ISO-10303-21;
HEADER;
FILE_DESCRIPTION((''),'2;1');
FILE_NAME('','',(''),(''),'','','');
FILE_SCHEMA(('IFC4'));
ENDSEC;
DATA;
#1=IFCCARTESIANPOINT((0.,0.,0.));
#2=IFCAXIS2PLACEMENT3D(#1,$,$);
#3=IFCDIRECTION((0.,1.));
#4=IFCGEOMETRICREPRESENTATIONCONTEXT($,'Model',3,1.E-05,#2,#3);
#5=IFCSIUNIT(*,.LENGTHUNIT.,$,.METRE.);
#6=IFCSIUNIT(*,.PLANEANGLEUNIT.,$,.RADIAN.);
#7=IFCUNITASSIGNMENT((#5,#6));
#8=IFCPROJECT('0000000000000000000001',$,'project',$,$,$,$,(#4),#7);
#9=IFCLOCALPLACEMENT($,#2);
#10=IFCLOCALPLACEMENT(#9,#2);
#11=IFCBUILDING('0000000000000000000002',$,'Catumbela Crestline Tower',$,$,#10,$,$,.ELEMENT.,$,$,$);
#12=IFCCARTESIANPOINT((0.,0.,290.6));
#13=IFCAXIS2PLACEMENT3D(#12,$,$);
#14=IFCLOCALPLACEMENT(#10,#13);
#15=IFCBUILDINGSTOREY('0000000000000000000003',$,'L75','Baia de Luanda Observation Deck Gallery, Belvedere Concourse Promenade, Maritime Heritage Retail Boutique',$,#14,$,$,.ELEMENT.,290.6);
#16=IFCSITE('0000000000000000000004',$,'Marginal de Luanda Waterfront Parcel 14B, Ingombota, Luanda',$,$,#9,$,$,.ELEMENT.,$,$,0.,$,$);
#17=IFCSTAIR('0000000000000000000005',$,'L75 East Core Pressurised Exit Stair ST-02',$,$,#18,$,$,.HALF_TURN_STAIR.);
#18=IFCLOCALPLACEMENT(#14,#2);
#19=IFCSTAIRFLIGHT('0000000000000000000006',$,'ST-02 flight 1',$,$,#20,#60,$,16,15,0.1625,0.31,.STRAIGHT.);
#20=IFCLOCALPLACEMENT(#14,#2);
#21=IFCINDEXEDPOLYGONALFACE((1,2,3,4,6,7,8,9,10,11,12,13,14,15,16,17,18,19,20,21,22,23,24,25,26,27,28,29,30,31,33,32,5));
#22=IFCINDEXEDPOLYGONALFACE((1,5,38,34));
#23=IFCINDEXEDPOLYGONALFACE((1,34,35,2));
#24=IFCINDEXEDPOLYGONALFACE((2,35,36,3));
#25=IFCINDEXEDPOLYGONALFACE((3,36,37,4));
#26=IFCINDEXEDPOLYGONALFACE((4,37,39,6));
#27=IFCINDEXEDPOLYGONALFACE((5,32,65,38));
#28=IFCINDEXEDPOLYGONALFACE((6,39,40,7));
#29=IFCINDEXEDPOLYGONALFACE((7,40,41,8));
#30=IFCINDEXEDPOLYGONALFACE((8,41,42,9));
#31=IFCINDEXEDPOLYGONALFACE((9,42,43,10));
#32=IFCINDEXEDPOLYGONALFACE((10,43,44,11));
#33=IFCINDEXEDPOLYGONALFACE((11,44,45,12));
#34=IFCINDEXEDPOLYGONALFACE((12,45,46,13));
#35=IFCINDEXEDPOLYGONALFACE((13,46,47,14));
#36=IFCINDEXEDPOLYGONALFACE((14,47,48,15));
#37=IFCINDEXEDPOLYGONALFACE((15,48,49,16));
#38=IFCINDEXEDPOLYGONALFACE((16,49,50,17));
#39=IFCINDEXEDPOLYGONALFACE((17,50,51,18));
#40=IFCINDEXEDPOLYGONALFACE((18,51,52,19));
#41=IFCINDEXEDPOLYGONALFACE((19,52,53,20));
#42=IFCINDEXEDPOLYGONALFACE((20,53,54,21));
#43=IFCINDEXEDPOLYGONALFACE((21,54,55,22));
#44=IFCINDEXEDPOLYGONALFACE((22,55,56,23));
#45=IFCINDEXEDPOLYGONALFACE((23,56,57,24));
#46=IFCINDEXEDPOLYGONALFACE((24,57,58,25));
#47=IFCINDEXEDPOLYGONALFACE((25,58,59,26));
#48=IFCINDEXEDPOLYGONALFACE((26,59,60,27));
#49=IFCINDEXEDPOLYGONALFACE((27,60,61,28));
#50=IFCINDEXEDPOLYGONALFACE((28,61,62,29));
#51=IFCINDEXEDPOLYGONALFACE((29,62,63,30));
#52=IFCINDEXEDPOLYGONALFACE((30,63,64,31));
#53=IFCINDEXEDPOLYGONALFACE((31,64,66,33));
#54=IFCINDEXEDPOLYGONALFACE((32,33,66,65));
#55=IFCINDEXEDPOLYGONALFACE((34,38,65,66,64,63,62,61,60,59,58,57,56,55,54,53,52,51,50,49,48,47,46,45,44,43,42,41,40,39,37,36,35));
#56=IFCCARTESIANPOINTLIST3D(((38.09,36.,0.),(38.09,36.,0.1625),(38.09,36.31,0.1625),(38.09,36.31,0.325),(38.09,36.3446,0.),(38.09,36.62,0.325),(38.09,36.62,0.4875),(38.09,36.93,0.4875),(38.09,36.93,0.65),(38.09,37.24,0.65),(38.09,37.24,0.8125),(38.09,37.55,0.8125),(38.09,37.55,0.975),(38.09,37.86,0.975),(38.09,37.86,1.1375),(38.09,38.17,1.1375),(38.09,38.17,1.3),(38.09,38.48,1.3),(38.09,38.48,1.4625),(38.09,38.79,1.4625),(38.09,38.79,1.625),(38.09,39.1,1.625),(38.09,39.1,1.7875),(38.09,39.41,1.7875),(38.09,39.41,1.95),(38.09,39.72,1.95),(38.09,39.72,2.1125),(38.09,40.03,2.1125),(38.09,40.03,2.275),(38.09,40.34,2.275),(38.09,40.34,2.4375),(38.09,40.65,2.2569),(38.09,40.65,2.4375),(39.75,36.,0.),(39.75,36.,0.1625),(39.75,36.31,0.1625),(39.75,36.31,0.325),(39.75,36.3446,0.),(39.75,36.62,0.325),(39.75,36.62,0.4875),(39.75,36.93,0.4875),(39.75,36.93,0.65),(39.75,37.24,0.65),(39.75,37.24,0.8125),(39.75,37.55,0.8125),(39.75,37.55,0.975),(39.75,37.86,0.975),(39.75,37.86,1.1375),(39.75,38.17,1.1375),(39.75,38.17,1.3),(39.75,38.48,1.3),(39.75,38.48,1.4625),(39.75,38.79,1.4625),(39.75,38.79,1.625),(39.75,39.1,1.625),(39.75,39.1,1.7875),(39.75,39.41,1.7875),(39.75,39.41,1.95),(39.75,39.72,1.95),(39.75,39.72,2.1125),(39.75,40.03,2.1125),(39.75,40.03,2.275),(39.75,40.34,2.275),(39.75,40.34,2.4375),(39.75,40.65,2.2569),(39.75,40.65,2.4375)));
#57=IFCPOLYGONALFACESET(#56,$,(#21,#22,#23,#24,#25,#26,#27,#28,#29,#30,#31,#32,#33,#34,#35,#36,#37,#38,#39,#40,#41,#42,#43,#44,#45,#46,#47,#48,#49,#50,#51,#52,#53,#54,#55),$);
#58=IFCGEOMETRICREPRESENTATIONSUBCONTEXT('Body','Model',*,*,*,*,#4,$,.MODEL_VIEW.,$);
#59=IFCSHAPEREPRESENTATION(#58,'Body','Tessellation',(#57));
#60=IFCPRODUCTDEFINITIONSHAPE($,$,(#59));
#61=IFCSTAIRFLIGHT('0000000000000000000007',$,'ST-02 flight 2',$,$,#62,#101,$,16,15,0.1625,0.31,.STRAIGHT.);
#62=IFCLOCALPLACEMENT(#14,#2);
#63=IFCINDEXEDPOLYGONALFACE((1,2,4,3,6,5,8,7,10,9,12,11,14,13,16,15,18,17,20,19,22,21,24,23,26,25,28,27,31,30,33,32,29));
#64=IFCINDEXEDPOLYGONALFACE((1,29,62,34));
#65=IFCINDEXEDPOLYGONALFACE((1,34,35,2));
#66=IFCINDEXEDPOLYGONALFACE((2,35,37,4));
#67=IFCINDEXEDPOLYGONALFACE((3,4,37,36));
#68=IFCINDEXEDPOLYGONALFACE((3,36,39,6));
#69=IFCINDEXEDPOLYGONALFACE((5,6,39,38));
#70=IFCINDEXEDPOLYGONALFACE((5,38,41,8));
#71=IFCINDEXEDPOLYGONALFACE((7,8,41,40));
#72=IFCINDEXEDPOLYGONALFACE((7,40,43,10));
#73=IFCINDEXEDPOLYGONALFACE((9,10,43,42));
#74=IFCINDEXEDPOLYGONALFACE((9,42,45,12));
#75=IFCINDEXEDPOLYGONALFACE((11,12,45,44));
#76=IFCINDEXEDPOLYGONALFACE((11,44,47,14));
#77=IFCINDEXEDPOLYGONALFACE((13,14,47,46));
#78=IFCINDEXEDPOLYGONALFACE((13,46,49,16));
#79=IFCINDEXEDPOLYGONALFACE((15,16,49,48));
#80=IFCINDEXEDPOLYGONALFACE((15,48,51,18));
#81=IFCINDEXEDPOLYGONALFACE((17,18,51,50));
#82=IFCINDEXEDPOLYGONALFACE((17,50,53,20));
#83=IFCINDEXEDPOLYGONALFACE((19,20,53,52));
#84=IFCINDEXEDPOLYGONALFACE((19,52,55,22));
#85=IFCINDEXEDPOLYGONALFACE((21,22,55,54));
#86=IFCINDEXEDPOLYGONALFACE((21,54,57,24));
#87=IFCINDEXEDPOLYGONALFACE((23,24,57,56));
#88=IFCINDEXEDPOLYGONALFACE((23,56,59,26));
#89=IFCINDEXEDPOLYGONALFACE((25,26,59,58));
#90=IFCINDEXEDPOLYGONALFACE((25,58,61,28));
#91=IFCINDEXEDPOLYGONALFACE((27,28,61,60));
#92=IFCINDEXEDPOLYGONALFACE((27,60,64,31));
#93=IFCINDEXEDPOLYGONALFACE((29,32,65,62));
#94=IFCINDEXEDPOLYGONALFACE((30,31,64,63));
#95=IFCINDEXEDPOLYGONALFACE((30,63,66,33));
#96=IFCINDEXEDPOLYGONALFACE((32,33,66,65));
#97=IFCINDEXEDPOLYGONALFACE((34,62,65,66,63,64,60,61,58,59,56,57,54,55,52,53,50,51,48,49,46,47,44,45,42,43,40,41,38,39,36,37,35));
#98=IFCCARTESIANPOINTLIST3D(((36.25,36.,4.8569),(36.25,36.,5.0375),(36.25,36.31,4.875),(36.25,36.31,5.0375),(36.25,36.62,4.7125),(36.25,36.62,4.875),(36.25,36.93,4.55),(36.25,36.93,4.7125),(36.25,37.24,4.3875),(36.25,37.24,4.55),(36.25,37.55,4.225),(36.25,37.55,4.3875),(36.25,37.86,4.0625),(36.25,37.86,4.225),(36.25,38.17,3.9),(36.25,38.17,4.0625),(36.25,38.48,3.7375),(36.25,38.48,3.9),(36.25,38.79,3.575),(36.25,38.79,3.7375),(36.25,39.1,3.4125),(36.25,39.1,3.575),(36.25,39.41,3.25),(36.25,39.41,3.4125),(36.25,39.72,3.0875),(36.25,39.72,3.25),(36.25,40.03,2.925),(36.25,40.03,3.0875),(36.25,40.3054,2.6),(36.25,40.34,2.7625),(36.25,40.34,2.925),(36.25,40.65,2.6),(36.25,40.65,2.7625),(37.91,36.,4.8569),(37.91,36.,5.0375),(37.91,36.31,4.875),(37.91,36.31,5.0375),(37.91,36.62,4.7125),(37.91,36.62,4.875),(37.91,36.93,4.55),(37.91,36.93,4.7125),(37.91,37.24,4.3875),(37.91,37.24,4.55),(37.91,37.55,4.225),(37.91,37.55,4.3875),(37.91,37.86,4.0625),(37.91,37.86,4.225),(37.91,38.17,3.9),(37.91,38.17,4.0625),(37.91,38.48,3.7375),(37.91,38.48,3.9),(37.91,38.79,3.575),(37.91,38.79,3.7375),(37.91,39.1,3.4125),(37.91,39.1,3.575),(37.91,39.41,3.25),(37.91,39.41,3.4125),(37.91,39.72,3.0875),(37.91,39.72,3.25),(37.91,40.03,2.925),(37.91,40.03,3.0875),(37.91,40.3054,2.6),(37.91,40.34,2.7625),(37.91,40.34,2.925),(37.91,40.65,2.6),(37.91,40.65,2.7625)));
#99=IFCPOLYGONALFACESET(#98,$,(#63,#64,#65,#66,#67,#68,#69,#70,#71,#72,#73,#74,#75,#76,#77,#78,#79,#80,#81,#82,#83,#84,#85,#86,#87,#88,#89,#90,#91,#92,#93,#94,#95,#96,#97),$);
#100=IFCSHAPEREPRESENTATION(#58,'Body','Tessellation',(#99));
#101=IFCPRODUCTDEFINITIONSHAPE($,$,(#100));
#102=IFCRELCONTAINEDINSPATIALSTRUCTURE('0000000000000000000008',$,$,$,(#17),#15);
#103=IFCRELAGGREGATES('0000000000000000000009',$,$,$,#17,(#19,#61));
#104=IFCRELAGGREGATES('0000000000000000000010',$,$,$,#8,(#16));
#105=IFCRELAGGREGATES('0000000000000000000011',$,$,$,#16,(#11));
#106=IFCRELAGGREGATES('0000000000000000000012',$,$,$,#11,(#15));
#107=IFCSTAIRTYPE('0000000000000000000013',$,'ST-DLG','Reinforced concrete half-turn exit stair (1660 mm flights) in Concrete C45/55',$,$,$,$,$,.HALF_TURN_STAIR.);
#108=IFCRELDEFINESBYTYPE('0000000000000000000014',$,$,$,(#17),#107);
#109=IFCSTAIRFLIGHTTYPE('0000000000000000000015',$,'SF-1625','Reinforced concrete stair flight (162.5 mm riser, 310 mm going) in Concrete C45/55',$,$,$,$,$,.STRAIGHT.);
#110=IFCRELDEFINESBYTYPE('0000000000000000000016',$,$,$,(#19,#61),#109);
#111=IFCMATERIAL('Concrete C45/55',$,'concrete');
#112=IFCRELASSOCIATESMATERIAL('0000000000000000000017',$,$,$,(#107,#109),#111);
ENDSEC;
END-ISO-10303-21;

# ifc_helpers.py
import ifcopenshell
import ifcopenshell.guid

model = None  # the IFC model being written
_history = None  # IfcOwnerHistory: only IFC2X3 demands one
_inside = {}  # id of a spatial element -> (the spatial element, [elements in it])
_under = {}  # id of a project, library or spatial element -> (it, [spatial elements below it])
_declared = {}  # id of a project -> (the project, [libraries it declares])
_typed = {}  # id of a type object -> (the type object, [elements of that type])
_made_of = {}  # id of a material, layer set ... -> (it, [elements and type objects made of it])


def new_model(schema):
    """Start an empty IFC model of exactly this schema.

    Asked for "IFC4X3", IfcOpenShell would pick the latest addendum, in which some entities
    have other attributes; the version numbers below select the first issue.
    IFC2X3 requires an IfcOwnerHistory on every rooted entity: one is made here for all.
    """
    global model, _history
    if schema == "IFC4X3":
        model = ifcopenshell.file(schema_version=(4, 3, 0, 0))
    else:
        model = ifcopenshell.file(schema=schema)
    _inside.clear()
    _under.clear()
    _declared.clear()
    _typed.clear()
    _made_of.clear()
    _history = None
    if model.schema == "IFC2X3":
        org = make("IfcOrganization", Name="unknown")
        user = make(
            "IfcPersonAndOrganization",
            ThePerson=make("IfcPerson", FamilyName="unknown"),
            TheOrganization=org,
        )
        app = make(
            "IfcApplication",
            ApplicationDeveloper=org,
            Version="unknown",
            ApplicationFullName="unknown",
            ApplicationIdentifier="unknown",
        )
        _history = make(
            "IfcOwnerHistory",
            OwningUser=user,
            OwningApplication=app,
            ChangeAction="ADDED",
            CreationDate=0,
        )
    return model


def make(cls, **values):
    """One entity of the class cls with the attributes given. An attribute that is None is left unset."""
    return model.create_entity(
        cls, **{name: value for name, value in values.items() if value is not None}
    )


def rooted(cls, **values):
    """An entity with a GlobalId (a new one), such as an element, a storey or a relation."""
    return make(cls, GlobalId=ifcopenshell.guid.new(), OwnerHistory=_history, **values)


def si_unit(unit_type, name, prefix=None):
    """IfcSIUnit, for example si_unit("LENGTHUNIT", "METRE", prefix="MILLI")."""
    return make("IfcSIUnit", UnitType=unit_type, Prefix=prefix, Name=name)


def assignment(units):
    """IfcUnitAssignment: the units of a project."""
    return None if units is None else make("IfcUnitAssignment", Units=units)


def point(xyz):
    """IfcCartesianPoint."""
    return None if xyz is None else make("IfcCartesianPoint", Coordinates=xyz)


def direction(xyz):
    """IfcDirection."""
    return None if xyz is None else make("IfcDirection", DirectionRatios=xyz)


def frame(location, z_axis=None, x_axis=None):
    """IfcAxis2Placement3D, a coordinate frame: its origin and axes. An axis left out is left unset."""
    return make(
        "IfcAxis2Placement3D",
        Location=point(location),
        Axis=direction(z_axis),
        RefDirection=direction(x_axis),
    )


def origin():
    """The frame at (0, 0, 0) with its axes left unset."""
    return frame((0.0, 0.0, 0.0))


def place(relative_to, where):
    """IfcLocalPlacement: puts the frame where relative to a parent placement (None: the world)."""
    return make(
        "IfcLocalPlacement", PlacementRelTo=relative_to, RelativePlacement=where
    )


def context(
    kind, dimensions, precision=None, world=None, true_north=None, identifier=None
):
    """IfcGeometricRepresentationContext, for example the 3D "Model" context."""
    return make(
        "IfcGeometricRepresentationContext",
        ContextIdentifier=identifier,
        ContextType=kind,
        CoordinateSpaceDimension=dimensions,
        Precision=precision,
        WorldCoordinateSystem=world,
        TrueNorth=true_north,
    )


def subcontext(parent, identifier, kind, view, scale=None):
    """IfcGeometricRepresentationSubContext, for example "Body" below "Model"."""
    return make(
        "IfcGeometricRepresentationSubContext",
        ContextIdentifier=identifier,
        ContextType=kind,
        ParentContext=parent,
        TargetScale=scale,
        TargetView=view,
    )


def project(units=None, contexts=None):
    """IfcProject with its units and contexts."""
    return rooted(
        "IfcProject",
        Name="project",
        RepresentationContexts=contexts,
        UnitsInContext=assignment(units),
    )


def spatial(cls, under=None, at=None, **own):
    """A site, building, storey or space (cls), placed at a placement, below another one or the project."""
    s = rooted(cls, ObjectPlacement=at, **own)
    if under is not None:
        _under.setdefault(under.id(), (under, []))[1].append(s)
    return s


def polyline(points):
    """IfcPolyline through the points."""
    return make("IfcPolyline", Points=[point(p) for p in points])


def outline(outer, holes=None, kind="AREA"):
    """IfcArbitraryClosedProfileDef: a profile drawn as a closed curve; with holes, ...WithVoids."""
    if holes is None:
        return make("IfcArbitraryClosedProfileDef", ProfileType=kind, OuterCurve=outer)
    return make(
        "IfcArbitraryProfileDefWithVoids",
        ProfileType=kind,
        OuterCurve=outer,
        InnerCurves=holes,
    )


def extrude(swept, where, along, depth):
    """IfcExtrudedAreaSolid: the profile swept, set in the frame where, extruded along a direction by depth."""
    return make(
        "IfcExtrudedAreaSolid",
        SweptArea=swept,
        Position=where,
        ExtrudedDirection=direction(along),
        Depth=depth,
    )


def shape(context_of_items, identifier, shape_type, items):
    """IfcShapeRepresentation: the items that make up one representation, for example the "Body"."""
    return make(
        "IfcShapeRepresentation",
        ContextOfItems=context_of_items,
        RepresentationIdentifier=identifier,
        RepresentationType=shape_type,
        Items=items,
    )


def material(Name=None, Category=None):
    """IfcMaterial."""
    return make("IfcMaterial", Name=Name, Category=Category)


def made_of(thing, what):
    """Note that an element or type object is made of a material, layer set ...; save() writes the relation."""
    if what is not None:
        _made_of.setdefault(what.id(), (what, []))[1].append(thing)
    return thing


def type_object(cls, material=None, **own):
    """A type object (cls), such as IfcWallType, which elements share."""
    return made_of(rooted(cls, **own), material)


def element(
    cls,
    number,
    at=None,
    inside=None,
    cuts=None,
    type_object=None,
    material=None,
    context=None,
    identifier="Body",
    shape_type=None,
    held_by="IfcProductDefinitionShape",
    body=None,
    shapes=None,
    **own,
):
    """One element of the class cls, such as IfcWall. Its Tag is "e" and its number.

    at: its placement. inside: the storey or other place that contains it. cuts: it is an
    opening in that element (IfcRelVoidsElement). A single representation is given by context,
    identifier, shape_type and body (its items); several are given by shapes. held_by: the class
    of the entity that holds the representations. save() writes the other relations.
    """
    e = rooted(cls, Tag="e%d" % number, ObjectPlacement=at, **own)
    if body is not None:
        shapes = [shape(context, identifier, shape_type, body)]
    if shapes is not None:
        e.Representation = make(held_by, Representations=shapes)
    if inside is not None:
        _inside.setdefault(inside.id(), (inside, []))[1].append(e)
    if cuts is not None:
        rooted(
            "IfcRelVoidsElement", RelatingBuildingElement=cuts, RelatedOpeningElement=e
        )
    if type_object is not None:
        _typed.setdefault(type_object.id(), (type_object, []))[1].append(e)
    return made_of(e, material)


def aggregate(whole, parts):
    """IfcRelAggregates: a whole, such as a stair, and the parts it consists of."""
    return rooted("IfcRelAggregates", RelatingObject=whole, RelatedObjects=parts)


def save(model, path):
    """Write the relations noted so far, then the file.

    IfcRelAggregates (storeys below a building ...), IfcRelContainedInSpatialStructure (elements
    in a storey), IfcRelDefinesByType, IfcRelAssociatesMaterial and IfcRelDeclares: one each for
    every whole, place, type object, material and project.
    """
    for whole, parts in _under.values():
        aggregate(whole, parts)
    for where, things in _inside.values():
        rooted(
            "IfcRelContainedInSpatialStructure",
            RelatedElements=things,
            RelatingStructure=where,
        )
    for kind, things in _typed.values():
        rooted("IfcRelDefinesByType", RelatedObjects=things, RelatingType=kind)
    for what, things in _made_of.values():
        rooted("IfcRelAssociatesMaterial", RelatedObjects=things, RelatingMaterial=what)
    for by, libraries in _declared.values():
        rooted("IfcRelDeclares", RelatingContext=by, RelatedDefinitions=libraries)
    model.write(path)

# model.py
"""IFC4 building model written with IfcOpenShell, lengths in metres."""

from ifc_helpers import new_model, si_unit, direction, frame, origin, place, context, subcontext, project, spatial, polyline, outline, extrude, material, type_object, element, aggregate, save


model = new_model("IFC4")

# Units and contexts
model_context = context("Model", 3, precision=1e-05, world=origin(), true_north=direction((0.0, 1.0)))
body_context = subcontext(model_context, "Body", "Model", "MODEL_VIEW")
ifc_project = project(units=[si_unit("LENGTHUNIT", "METRE"), si_unit("PLANEANGLEUNIT", "RADIAN")], contexts=[model_context])

# Site, building, storey
site_placement = place(None, origin())
site = spatial("IfcSite", under=ifc_project, at=site_placement, Name="Marginal de Luanda Waterfront Parcel 14B, Ingombota, Luanda", CompositionType="ELEMENT", RefElevation=0.0)
building_placement = place(site_placement, origin())
building = spatial("IfcBuilding", under=site, at=building_placement, Name="Catumbela Crestline Tower", CompositionType="ELEMENT")
storey_placement = place(building_placement, frame((0.0, 0.0, 290.6)))
storey = spatial("IfcBuildingStorey", under=building, at=storey_placement, Name="L75", Description="Baia de Luanda Observation Deck Gallery, Belvedere Concourse Promenade, Maritime Heritage Retail Boutique", CompositionType="ELEMENT", Elevation=290.6)

# Stair, stair flights
ifc_material_1 = material(Name="Concrete C45/55", Category="concrete")
stair_type = type_object("IfcStairType", Name="ST-DLG", Description="Reinforced concrete half-turn exit stair (1660 mm flights) in Concrete C45/55", PredefinedType="HALF_TURN_STAIR", material=ifc_material_1)
stair_placement = place(storey_placement, origin())
stair = element("IfcStair", 1, at=stair_placement, inside=storey, type_object=stair_type, Name="L75 East Core Pressurised Exit Stair ST-02", PredefinedType="HALF_TURN_STAIR")
stair_flight_type = type_object("IfcStairFlightType", Name="SF-1625", Description="Reinforced concrete stair flight (162.5 mm riser, 310 mm going) in Concrete C45/55", PredefinedType="STRAIGHT", material=ifc_material_1)
stair_flight_1_placement = place(storey_placement, frame((38.92, 36.0, 0.0), z_axis=(0.0, 0.0, 1.0), x_axis=(0.0, 1.0, 0.0)))
stair_flight_1 = element("IfcStairFlight", 2, at=stair_flight_1_placement, type_object=stair_flight_type, Name="ST-02 flight 1", NumberOfRisers=16, NumberOfTreads=15, PredefinedType="STRAIGHT", RiserHeight=0.1625, TreadLength=0.31, context=body_context, shape_type="SweptSolid", body=[
    extrude(outline(polyline([(0.0, 0.0), (0.0, 0.1625), (0.31, 0.1625), (0.31, 0.325), (0.62, 0.325), (0.62, 0.4875), (0.93, 0.4875), (0.93, 0.65), (1.24, 0.65), (1.24, 0.8125), (1.55, 0.8125), (1.55, 0.975), (1.86, 0.975), (1.86, 1.1375), (2.17, 1.1375), (2.17, 1.3), (2.48, 1.3), (2.48, 1.4625), (2.79, 1.4625), (2.79, 1.625), (3.1, 1.625), (3.1, 1.7875), (3.41, 1.7875), (3.41, 1.95), (3.72, 1.95), (3.72, 2.1125), (4.03, 2.1125), (4.03, 2.275), (4.34, 2.275), (4.34, 2.4375), (4.65, 2.4375), (4.65, 2.6), (4.65, 2.2569), (0.3446, 0.0), (0.0, 0.0)])), frame((0.0, 0.83, 0.0), z_axis=(0.0, -1.0, 0.0), x_axis=(1.0, 0.0, 0.0)), (0.0, 0.0, 1.0), 1.66),
])
stair_flight_2_placement = place(storey_placement, frame((37.08, 40.65, 2.6), z_axis=(0.0, 0.0, 1.0), x_axis=(0.0, -1.0, 0.0)))
stair_flight_2 = element("IfcStairFlight", 3, at=stair_flight_2_placement, type_object=stair_flight_type, Name="ST-02 flight 2", NumberOfRisers=16, NumberOfTreads=15, PredefinedType="STRAIGHT", RiserHeight=0.1625, TreadLength=0.31, context=body_context, shape_type="SweptSolid", body=[
    extrude(outline(polyline([(0.0, 0.0), (0.0, 0.1625), (0.31, 0.1625), (0.31, 0.325), (0.62, 0.325), (0.62, 0.4875), (0.93, 0.4875), (0.93, 0.65), (1.24, 0.65), (1.24, 0.8125), (1.55, 0.8125), (1.55, 0.975), (1.86, 0.975), (1.86, 1.1375), (2.17, 1.1375), (2.17, 1.3), (2.48, 1.3), (2.48, 1.4625), (2.79, 1.4625), (2.79, 1.625), (3.1, 1.625), (3.1, 1.7875), (3.41, 1.7875), (3.41, 1.95), (3.72, 1.95), (3.72, 2.1125), (4.03, 2.1125), (4.03, 2.275), (4.34, 2.275), (4.34, 2.4375), (4.65, 2.4375), (4.65, 2.6), (4.65, 2.2569), (0.3446, 0.0), (0.0, 0.0)])), frame((0.0, 0.83, 0.0), z_axis=(0.0, -1.0, 0.0), x_axis=(1.0, 0.0, 0.0)), (0.0, 0.0, 1.0), 1.66),
])
aggregate(stair, [stair_flight_1, stair_flight_2])

save(model, "model.ifc")
